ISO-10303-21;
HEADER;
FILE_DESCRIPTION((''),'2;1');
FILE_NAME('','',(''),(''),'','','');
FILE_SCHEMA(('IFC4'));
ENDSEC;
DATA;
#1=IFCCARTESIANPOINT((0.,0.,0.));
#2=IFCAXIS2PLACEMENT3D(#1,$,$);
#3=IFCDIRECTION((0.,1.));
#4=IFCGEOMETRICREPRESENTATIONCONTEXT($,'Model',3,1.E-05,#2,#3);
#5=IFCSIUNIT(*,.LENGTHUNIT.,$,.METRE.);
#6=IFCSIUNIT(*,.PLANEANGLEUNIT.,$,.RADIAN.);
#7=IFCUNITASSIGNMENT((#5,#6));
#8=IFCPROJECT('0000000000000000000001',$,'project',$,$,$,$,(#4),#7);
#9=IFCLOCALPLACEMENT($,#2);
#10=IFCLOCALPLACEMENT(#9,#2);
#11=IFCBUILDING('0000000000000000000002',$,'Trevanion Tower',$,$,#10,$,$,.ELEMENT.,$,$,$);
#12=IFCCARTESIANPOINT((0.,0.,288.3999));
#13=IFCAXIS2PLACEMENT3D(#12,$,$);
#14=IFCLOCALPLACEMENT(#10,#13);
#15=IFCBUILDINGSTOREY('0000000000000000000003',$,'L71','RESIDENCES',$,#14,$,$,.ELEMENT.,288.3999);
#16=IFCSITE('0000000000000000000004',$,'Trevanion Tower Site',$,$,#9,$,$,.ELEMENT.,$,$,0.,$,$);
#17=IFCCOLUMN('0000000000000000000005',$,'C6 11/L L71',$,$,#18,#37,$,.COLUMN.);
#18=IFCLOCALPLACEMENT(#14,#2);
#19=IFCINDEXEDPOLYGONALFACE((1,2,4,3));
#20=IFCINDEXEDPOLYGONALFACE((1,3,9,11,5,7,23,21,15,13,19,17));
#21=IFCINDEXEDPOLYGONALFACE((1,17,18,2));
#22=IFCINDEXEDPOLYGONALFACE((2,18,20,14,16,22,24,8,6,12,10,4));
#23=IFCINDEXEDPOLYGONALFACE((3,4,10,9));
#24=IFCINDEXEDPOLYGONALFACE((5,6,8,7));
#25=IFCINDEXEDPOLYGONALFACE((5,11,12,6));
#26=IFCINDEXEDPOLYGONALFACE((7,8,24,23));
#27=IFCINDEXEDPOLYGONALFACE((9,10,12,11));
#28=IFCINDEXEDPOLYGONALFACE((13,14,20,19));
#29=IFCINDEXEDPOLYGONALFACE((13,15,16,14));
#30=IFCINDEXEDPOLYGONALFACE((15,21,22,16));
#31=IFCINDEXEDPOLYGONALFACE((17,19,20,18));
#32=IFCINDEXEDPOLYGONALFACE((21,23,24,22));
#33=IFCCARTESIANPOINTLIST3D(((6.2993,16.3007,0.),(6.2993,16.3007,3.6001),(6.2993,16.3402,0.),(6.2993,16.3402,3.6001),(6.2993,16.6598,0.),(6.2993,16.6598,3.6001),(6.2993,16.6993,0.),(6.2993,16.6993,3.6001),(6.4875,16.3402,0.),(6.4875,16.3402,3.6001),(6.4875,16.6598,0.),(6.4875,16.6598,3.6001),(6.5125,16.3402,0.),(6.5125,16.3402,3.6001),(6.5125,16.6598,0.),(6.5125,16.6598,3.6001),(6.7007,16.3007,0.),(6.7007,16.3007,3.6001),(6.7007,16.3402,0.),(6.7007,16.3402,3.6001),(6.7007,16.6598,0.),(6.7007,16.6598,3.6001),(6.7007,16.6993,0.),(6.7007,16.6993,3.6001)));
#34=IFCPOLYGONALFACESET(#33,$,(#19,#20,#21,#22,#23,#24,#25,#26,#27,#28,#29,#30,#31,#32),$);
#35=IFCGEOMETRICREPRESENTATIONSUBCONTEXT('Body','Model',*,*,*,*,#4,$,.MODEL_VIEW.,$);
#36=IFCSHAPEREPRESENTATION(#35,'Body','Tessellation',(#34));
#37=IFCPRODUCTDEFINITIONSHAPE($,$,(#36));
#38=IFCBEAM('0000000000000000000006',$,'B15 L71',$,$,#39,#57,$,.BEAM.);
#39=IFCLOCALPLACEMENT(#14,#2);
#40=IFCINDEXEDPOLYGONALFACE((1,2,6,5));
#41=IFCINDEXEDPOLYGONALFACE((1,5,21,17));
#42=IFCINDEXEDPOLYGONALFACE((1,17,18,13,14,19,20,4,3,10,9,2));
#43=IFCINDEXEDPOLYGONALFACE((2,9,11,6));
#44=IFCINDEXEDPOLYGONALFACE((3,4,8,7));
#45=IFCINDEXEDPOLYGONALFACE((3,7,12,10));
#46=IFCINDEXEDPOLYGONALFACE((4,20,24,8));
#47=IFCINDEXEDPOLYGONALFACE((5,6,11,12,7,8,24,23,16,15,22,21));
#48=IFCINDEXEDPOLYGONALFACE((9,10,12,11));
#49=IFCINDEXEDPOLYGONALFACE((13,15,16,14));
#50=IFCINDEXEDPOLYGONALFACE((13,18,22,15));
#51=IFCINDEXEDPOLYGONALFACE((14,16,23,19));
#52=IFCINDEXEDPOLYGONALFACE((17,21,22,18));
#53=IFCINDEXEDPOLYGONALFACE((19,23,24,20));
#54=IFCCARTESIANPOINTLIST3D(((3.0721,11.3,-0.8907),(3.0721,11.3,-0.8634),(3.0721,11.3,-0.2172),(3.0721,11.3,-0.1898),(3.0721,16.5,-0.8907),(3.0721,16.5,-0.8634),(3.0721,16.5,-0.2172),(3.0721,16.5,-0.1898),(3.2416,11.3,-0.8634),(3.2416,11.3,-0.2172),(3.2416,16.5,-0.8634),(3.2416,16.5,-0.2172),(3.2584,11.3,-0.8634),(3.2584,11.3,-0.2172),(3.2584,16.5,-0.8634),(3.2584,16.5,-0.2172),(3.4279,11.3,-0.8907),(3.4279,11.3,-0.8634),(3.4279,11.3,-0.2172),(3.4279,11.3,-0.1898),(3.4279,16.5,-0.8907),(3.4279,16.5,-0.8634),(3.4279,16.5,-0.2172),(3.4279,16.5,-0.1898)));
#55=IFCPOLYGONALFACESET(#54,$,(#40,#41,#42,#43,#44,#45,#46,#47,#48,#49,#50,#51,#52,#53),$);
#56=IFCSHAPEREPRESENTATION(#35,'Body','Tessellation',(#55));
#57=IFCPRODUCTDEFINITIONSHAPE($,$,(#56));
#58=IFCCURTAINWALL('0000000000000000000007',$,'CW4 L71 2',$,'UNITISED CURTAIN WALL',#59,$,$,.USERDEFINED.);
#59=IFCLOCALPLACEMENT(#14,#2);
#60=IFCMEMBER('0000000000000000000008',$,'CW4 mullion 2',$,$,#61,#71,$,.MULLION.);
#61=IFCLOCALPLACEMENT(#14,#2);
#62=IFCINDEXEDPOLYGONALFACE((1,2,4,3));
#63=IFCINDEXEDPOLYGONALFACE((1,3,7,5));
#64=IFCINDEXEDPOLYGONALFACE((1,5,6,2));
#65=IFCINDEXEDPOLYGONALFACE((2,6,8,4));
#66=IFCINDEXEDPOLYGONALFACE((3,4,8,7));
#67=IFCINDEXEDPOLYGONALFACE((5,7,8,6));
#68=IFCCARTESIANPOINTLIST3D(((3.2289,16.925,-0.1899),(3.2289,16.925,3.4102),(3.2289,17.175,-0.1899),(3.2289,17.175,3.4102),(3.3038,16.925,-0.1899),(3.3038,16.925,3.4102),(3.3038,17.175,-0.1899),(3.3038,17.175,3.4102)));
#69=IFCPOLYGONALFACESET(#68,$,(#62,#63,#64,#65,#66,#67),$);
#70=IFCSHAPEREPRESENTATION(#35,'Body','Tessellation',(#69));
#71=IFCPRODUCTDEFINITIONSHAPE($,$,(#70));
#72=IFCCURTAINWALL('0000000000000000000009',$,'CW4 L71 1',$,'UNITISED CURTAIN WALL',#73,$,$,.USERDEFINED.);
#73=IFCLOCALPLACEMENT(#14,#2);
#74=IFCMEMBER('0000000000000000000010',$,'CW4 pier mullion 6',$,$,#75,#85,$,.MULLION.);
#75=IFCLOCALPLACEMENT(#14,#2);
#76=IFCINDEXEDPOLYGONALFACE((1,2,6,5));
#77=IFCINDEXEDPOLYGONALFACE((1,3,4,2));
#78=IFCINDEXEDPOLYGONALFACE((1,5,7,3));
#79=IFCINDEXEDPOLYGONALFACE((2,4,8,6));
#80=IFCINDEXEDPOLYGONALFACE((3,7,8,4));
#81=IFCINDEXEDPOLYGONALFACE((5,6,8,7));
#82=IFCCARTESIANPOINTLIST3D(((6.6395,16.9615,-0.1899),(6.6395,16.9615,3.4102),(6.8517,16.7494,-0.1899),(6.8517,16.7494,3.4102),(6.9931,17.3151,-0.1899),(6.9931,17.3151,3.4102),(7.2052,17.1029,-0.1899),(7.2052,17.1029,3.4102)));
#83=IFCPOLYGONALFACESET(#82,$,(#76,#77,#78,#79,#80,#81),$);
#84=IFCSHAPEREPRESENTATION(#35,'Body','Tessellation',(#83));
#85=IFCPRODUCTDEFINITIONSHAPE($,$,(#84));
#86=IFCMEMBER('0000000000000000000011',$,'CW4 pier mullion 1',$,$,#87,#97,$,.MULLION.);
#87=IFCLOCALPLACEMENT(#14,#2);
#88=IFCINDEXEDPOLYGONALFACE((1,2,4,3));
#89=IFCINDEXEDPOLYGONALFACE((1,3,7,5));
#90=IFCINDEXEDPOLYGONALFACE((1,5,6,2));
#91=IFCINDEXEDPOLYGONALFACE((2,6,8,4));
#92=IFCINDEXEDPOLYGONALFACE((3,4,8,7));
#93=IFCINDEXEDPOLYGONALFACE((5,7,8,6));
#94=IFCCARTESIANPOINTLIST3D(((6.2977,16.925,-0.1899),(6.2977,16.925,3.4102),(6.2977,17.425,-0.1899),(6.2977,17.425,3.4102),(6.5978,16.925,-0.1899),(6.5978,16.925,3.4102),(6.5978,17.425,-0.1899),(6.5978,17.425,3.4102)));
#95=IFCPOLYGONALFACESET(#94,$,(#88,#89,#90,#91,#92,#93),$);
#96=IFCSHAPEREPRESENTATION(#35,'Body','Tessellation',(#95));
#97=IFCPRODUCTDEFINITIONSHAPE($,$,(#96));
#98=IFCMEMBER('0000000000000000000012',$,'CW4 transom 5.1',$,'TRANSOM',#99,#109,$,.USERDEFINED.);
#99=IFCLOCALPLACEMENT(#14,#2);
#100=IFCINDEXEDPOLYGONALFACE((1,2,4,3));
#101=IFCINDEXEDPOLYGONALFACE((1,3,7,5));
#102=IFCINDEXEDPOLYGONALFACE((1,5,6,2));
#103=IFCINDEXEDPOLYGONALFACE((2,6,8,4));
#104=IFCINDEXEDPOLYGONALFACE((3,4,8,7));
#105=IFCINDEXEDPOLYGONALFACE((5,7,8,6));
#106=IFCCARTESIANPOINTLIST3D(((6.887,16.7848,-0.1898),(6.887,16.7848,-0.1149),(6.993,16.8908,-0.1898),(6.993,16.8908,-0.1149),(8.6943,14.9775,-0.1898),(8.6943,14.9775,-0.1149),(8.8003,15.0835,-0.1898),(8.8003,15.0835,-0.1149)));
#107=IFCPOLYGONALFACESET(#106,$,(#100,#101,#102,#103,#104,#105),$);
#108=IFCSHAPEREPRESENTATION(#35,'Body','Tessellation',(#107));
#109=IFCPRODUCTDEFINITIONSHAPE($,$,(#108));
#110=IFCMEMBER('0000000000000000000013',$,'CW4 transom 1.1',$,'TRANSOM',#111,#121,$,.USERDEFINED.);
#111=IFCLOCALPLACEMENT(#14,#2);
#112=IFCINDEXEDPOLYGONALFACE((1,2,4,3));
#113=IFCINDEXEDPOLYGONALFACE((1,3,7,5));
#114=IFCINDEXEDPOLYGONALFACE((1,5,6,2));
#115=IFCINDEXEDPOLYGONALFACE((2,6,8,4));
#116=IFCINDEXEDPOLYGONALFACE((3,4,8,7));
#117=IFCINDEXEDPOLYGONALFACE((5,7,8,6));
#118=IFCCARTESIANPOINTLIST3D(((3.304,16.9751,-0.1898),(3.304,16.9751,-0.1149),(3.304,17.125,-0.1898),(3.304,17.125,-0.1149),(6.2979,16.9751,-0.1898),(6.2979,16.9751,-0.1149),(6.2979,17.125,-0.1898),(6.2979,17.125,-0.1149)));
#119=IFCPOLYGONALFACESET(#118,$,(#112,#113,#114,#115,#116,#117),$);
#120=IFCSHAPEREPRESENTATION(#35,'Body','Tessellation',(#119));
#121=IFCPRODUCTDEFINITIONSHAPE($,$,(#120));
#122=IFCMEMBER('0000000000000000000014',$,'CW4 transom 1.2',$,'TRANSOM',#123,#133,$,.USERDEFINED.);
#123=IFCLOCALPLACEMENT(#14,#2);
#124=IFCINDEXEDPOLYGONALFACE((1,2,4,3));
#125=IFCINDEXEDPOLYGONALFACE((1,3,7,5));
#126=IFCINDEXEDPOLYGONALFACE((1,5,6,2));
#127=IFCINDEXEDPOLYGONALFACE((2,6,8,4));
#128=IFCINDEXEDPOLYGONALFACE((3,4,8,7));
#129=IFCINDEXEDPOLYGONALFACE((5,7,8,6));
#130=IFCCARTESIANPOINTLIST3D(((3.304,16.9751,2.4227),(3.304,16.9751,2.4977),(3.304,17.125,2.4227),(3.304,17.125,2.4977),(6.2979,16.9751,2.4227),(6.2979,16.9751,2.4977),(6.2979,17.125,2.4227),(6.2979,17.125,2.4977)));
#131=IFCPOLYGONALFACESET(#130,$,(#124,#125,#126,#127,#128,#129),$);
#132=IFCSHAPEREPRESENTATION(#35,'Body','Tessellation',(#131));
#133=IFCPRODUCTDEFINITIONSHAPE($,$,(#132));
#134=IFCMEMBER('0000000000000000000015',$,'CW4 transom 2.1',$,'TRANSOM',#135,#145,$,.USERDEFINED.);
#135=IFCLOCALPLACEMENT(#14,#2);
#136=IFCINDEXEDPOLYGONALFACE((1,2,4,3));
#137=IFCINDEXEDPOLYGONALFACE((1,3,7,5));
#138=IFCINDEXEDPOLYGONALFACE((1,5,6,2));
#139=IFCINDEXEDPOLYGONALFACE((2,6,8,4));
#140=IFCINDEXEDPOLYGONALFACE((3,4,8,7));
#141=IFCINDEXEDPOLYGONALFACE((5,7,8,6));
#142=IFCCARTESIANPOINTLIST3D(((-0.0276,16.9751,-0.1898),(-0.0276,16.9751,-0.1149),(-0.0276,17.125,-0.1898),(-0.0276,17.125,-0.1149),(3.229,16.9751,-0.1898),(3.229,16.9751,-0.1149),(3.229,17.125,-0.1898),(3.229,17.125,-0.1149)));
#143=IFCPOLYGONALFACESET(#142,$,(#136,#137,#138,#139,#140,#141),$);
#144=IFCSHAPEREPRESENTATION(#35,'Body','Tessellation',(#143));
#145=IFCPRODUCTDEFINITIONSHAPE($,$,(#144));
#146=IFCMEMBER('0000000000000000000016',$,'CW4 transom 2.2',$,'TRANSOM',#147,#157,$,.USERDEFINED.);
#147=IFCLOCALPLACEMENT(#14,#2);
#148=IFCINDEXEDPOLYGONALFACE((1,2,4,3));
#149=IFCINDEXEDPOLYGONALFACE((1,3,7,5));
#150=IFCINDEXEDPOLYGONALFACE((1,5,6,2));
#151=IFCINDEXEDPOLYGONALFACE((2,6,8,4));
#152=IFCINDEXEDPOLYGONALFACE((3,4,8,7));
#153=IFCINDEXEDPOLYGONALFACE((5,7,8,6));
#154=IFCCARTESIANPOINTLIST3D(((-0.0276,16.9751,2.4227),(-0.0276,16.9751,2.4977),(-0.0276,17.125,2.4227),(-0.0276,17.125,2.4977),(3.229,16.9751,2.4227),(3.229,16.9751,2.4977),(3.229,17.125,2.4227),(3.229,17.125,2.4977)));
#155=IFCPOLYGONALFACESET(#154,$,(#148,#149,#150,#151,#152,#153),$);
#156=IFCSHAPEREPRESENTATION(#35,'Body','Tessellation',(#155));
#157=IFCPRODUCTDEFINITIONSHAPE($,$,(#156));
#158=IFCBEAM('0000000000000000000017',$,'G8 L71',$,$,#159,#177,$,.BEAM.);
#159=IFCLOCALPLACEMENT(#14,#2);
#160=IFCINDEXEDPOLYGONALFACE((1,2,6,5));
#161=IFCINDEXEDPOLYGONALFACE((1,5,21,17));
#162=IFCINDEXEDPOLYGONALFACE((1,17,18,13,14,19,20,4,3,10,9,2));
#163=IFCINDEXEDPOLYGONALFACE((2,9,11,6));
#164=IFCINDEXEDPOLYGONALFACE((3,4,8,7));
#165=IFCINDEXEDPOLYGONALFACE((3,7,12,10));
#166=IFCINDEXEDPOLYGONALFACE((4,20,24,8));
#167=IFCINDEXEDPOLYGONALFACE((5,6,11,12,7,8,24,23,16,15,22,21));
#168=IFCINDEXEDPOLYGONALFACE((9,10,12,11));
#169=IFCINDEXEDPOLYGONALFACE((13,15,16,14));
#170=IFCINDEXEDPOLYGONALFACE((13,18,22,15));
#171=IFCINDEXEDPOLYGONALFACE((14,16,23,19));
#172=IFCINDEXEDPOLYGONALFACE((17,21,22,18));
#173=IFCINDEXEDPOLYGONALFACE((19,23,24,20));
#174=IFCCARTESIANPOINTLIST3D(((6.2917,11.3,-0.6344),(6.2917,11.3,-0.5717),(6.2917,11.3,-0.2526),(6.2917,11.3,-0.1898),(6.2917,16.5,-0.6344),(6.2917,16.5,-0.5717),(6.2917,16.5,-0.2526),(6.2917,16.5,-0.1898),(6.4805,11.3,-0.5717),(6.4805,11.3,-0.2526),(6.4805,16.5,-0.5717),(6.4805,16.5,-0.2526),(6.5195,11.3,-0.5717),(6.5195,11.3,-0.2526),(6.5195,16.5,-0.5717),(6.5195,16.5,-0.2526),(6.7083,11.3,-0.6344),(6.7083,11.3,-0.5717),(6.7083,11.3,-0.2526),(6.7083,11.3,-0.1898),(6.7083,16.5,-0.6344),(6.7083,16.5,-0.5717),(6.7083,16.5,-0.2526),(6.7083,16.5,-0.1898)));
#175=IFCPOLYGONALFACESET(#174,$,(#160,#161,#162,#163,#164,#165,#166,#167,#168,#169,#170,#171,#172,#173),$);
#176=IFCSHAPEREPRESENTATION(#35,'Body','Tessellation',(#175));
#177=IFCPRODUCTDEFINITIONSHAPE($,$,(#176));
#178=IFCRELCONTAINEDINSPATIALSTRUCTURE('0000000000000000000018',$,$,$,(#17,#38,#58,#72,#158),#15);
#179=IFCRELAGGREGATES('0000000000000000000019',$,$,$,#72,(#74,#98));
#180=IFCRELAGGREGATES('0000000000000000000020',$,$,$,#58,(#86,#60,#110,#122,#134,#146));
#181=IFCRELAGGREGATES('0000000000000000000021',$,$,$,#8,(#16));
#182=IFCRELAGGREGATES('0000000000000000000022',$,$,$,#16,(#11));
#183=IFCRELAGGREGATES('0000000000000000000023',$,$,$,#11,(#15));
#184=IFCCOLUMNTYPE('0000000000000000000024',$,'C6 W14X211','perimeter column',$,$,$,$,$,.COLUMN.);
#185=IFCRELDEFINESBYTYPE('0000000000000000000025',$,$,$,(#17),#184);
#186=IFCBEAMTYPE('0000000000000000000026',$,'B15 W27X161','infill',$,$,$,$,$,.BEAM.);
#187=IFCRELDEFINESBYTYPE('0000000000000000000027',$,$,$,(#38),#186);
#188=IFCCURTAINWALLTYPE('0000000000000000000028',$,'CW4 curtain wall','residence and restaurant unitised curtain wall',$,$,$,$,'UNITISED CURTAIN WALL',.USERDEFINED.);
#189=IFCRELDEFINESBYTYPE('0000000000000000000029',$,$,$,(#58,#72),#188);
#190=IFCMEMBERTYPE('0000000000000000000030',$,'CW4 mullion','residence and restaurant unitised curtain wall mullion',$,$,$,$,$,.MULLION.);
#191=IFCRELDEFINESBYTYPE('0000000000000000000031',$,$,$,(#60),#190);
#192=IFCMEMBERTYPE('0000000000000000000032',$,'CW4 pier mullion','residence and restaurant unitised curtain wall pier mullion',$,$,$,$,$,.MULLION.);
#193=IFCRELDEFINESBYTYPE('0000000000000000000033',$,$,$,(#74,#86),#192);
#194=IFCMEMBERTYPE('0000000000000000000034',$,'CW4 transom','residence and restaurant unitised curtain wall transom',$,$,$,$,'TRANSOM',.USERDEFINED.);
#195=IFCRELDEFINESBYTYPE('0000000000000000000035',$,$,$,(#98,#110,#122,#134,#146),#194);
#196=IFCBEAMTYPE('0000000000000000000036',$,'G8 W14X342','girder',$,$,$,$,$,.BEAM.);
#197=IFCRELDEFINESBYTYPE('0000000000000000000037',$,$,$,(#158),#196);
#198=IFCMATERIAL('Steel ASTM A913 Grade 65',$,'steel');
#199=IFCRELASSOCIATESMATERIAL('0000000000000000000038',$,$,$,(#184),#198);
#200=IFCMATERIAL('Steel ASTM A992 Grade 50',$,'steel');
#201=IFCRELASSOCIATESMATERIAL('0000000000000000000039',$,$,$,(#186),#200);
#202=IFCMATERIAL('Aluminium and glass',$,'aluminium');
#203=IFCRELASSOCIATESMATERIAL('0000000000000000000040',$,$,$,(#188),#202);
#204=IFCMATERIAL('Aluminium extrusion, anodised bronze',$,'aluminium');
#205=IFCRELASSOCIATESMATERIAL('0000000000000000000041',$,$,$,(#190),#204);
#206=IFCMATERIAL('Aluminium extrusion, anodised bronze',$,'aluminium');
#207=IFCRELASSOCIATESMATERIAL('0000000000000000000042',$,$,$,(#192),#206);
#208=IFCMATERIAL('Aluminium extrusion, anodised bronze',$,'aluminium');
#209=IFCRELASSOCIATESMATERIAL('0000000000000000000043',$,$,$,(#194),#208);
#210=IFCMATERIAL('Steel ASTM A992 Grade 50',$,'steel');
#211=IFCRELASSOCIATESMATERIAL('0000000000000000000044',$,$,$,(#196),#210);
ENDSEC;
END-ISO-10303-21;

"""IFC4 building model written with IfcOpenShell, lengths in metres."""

from ifc_helpers import new_model, si_unit, direction, frame, origin, origin_2d, place, context, subcontext, project, spatial, rectangle, i_section, extrude, material, material_profile, profile_set, type_object, element, aggregate, save


model = new_model("IFC4")

# Units and contexts
model_context = context("Model", 3, precision=1e-05, world=origin(), true_north=direction((0.0, 1.0)))
body_context = subcontext(model_context, "Body", "Model", "MODEL_VIEW")
ifc_project = project(units=[si_unit("LENGTHUNIT", "METRE"), si_unit("PLANEANGLEUNIT", "RADIAN")], contexts=[model_context])

# Site, building, storey
site_placement = place(None, origin())
site = spatial("IfcSite", under=ifc_project, at=site_placement, Name="Trevanion Tower Site", CompositionType="ELEMENT", RefElevation=0.0)
building_placement = place(site_placement, origin())
building = spatial("IfcBuilding", under=site, at=building_placement, Name="Trevanion Tower", CompositionType="ELEMENT")
storey_placement = place(building_placement, frame((0.0, 0.0, 288.3999)))
storey = spatial("IfcBuildingStorey", under=building, at=storey_placement, Name="L71", Description="RESIDENCES", CompositionType="ELEMENT", Elevation=288.3999)

# Column
ifc_material_1 = material(Name="Steel ASTM A913 Grade 65", Category="steel")
ifc_material_profile_1 = material_profile(ifc_material_1, i_section(OverallWidth=0.4014, OverallDepth=0.3987, WebThickness=0.0249, FlangeThickness=0.0396, at=origin_2d()), Name="W14X211")
ifc_profile_set_1 = profile_set([ifc_material_profile_1], Name="Steel ASTM A913 Grade 65")
column_type = type_object("IfcColumnType", Name="C6 W14X211", Description="perimeter column", PredefinedType="COLUMN", material=ifc_profile_set_1)
column_placement = place(storey_placement, frame((6.5, 16.5, 0.0), z_axis=(0.0, 0.0, 1.0), x_axis=(1.0, 0.0, 0.0)))
element("IfcColumn", 1, at=column_placement, inside=storey, type_object=column_type, Name="C6 11/L L71", PredefinedType="COLUMN", context=body_context, shape_type="SweptSolid", body=[
    extrude(i_section(OverallWidth=0.4014, OverallDepth=0.3987, WebThickness=0.0249, FlangeThickness=0.0396, at=origin_2d()), origin(), (0.0, 0.0, 1.0), 3.6001),
])

# Beam
ifc_material_2 = material(Name="Steel ASTM A992 Grade 50", Category="steel")
ifc_material_profile_2 = material_profile(ifc_material_2, i_section(OverallWidth=0.3557, OverallDepth=0.7009, WebThickness=0.0168, FlangeThickness=0.0273, at=origin_2d()), Name="W27X161")
ifc_profile_set_2 = profile_set([ifc_material_profile_2], Name="Steel ASTM A992 Grade 50")
beam_type_1 = type_object("IfcBeamType", Name="B15 W27X161", Description="infill", PredefinedType="BEAM", material=ifc_profile_set_2)
beam_1_placement = place(storey_placement, frame((3.25, 11.3, -0.5403), z_axis=(0.0, 1.0, 0.0), x_axis=(-1.0, 0.0, 0.0)))
element("IfcBeam", 2, at=beam_1_placement, inside=storey, type_object=beam_type_1, Name="B15 L71", PredefinedType="BEAM", context=body_context, shape_type="SweptSolid", body=[
    extrude(i_section(OverallWidth=0.3557, OverallDepth=0.7009, WebThickness=0.0168, FlangeThickness=0.0273, at=origin_2d()), origin(), (0.0, 0.0, 1.0), 5.2),
])

# Curtain walls, members
ifc_material_3 = material(Name="Aluminium and glass", Category="aluminium")
curtain_wall_type = type_object("IfcCurtainWallType", Name="CW4 curtain wall", Description="residence and restaurant unitised curtain wall", ElementType="UNITISED CURTAIN WALL", PredefinedType="USERDEFINED", material=ifc_material_3)
curtain_wall_1_placement = place(storey_placement, origin())
curtain_wall_1 = element("IfcCurtainWall", 3, at=curtain_wall_1_placement, inside=storey, type_object=curtain_wall_type, Name="CW4 L71 2", ObjectType="UNITISED CURTAIN WALL", PredefinedType="USERDEFINED")
ifc_material_4 = material(Name="Aluminium extrusion, anodised bronze", Category="aluminium")
ifc_material_profile_3 = material_profile(ifc_material_4, rectangle(XDim=0.075, YDim=0.25, at=origin_2d()), Name="CW4 mullion")
ifc_profile_set_3 = profile_set([ifc_material_profile_3], Name="Aluminium extrusion, anodised bronze")
member_type_1 = type_object("IfcMemberType", Name="CW4 mullion", Description="residence and restaurant unitised curtain wall mullion", PredefinedType="MULLION", material=ifc_profile_set_3)
member_1_placement = place(storey_placement, frame((3.2664, 17.05, -0.1899), z_axis=(0.0, 0.0, 1.0), x_axis=(-1.0, 0.0, 0.0)))
member_1 = element("IfcMember", 4, at=member_1_placement, type_object=member_type_1, Name="CW4 mullion 2", PredefinedType="MULLION", context=body_context, shape_type="SweptSolid", body=[
    extrude(rectangle(XDim=0.075, YDim=0.25, at=origin_2d()), origin(), (0.0, 0.0, 1.0), 3.6001),
])
curtain_wall_2_placement = place(storey_placement, origin())
curtain_wall_2 = element("IfcCurtainWall", 5, at=curtain_wall_2_placement, inside=storey, type_object=curtain_wall_type, Name="CW4 L71 1", ObjectType="UNITISED CURTAIN WALL", PredefinedType="USERDEFINED")
ifc_material_5 = material(Name="Aluminium extrusion, anodised bronze", Category="aluminium")
ifc_material_profile_4 = material_profile(ifc_material_5, rectangle(XDim=0.3, YDim=0.5, at=origin_2d()), Name="CW4 pier mullion")
ifc_profile_set_4 = profile_set([ifc_material_profile_4], Name="Aluminium extrusion, anodised bronze")
member_type_2 = type_object("IfcMemberType", Name="CW4 pier mullion", Description="residence and restaurant unitised curtain wall pier mullion", PredefinedType="MULLION", material=ifc_profile_set_4)
member_2_placement = place(storey_placement, frame((6.9224, 17.0322, -0.1899), z_axis=(0.0, 0.0, 1.0), x_axis=(-0.707107, 0.707107, 0.0)))
member_2 = element("IfcMember", 6, at=member_2_placement, type_object=member_type_2, Name="CW4 pier mullion 6", PredefinedType="MULLION", context=body_context, shape_type="SweptSolid", body=[
    extrude(rectangle(XDim=0.3, YDim=0.5, at=origin_2d()), origin(), (0.0, 0.0, 1.0), 3.6001),
])

# Members
member_3_placement = place(storey_placement, frame((6.4478, 17.175, -0.1899), z_axis=(0.0, 0.0, 1.0), x_axis=(-1.0, 0.0, 0.0)))
member_3 = element("IfcMember", 7, at=member_3_placement, type_object=member_type_2, Name="CW4 pier mullion 1", PredefinedType="MULLION", context=body_context, shape_type="SweptSolid", body=[
    extrude(rectangle(XDim=0.3, YDim=0.5, at=origin_2d()), origin(), (0.0, 0.0, 1.0), 3.6001),
])
ifc_material_6 = material(Name="Aluminium extrusion, anodised bronze", Category="aluminium")
ifc_material_profile_5 = material_profile(ifc_material_6, rectangle(XDim=0.1499, YDim=0.075, at=origin_2d()), Name="CW4 transom")
ifc_profile_set_5 = profile_set([ifc_material_profile_5], Name="Aluminium extrusion, anodised bronze")
member_type_3 = type_object("IfcMemberType", Name="CW4 transom", Description="residence and restaurant unitised curtain wall transom", ElementType="TRANSOM", PredefinedType="USERDEFINED", material=ifc_profile_set_5)
member_4_placement = place(storey_placement, frame((8.7473, 15.0305, -0.1523), z_axis=(-0.707107, 0.707107, 0.0), x_axis=(-0.707107, -0.707107, 0.0)))
member_4 = element("IfcMember", 8, at=member_4_placement, type_object=member_type_3, Name="CW4 transom 5.1", ObjectType="TRANSOM", PredefinedType="USERDEFINED", context=body_context, shape_type="SweptSolid", body=[
    extrude(rectangle(XDim=0.1499, YDim=0.075, at=origin_2d()), origin(), (0.0, 0.0, 1.0), 2.5559),
])
member_5_placement = place(storey_placement, frame((6.2979, 17.05, -0.1523), z_axis=(-1.0, 0.0, 0.0), x_axis=(0.0, -1.0, 0.0)))
member_5 = element("IfcMember", 9, at=member_5_placement, type_object=member_type_3, Name="CW4 transom 1.1", ObjectType="TRANSOM", PredefinedType="USERDEFINED", context=body_context, shape_type="SweptSolid", body=[
    extrude(rectangle(XDim=0.1499, YDim=0.075, at=origin_2d()), origin(), (0.0, 0.0, 1.0), 2.9939),
])
member_6_placement = place(storey_placement, frame((6.2979, 17.05, 2.4602), z_axis=(-1.0, 0.0, 0.0), x_axis=(0.0, -1.0, 0.0)))
member_6 = element("IfcMember", 10, at=member_6_placement, type_object=member_type_3, Name="CW4 transom 1.2", ObjectType="TRANSOM", PredefinedType="USERDEFINED", context=body_context, shape_type="SweptSolid", body=[
    extrude(rectangle(XDim=0.1499, YDim=0.075, at=origin_2d()), origin(), (0.0, 0.0, 1.0), 2.9939),
])
member_7_placement = place(storey_placement, frame((3.229, 17.05, -0.1523), z_axis=(-1.0, 0.0, 0.0), x_axis=(0.0, -1.0, 0.0)))
member_7 = element("IfcMember", 11, at=member_7_placement, type_object=member_type_3, Name="CW4 transom 2.1", ObjectType="TRANSOM", PredefinedType="USERDEFINED", context=body_context, shape_type="SweptSolid", body=[
    extrude(rectangle(XDim=0.1499, YDim=0.075, at=origin_2d()), origin(), (0.0, 0.0, 1.0), 3.2566),
])
member_8_placement = place(storey_placement, frame((3.229, 17.05, 2.4602), z_axis=(-1.0, 0.0, 0.0), x_axis=(0.0, -1.0, 0.0)))
member_8 = element("IfcMember", 12, at=member_8_placement, type_object=member_type_3, Name="CW4 transom 2.2", ObjectType="TRANSOM", PredefinedType="USERDEFINED", context=body_context, shape_type="SweptSolid", body=[
    extrude(rectangle(XDim=0.1499, YDim=0.075, at=origin_2d()), origin(), (0.0, 0.0, 1.0), 3.2566),
])

# Beam
ifc_material_7 = material(Name="Steel ASTM A992 Grade 50", Category="steel")
ifc_material_profile_6 = material_profile(ifc_material_7, i_section(OverallWidth=0.4165, OverallDepth=0.4446, WebThickness=0.0391, FlangeThickness=0.0627, at=origin_2d()), Name="W14X342")
ifc_profile_set_6 = profile_set([ifc_material_profile_6], Name="Steel ASTM A992 Grade 50")
beam_type_2 = type_object("IfcBeamType", Name="G8 W14X342", Description="girder", PredefinedType="BEAM", material=ifc_profile_set_6)
beam_2_placement = place(storey_placement, frame((6.5, 11.3, -0.4121), z_axis=(0.0, 1.0, 0.0), x_axis=(-1.0, 0.0, 0.0)))
element("IfcBeam", 13, at=beam_2_placement, inside=storey, type_object=beam_type_2, Name="G8 L71", PredefinedType="BEAM", context=body_context, shape_type="SweptSolid", body=[
    extrude(i_section(OverallWidth=0.4165, OverallDepth=0.4446, WebThickness=0.0391, FlangeThickness=0.0627, at=origin_2d()), origin(), (0.0, 0.0, 1.0), 5.2),
])

aggregate(curtain_wall_2, [member_2, member_4])
aggregate(curtain_wall_1, [member_3, member_1, member_5, member_6, member_7, member_8])

save(model, "model.ifc")
